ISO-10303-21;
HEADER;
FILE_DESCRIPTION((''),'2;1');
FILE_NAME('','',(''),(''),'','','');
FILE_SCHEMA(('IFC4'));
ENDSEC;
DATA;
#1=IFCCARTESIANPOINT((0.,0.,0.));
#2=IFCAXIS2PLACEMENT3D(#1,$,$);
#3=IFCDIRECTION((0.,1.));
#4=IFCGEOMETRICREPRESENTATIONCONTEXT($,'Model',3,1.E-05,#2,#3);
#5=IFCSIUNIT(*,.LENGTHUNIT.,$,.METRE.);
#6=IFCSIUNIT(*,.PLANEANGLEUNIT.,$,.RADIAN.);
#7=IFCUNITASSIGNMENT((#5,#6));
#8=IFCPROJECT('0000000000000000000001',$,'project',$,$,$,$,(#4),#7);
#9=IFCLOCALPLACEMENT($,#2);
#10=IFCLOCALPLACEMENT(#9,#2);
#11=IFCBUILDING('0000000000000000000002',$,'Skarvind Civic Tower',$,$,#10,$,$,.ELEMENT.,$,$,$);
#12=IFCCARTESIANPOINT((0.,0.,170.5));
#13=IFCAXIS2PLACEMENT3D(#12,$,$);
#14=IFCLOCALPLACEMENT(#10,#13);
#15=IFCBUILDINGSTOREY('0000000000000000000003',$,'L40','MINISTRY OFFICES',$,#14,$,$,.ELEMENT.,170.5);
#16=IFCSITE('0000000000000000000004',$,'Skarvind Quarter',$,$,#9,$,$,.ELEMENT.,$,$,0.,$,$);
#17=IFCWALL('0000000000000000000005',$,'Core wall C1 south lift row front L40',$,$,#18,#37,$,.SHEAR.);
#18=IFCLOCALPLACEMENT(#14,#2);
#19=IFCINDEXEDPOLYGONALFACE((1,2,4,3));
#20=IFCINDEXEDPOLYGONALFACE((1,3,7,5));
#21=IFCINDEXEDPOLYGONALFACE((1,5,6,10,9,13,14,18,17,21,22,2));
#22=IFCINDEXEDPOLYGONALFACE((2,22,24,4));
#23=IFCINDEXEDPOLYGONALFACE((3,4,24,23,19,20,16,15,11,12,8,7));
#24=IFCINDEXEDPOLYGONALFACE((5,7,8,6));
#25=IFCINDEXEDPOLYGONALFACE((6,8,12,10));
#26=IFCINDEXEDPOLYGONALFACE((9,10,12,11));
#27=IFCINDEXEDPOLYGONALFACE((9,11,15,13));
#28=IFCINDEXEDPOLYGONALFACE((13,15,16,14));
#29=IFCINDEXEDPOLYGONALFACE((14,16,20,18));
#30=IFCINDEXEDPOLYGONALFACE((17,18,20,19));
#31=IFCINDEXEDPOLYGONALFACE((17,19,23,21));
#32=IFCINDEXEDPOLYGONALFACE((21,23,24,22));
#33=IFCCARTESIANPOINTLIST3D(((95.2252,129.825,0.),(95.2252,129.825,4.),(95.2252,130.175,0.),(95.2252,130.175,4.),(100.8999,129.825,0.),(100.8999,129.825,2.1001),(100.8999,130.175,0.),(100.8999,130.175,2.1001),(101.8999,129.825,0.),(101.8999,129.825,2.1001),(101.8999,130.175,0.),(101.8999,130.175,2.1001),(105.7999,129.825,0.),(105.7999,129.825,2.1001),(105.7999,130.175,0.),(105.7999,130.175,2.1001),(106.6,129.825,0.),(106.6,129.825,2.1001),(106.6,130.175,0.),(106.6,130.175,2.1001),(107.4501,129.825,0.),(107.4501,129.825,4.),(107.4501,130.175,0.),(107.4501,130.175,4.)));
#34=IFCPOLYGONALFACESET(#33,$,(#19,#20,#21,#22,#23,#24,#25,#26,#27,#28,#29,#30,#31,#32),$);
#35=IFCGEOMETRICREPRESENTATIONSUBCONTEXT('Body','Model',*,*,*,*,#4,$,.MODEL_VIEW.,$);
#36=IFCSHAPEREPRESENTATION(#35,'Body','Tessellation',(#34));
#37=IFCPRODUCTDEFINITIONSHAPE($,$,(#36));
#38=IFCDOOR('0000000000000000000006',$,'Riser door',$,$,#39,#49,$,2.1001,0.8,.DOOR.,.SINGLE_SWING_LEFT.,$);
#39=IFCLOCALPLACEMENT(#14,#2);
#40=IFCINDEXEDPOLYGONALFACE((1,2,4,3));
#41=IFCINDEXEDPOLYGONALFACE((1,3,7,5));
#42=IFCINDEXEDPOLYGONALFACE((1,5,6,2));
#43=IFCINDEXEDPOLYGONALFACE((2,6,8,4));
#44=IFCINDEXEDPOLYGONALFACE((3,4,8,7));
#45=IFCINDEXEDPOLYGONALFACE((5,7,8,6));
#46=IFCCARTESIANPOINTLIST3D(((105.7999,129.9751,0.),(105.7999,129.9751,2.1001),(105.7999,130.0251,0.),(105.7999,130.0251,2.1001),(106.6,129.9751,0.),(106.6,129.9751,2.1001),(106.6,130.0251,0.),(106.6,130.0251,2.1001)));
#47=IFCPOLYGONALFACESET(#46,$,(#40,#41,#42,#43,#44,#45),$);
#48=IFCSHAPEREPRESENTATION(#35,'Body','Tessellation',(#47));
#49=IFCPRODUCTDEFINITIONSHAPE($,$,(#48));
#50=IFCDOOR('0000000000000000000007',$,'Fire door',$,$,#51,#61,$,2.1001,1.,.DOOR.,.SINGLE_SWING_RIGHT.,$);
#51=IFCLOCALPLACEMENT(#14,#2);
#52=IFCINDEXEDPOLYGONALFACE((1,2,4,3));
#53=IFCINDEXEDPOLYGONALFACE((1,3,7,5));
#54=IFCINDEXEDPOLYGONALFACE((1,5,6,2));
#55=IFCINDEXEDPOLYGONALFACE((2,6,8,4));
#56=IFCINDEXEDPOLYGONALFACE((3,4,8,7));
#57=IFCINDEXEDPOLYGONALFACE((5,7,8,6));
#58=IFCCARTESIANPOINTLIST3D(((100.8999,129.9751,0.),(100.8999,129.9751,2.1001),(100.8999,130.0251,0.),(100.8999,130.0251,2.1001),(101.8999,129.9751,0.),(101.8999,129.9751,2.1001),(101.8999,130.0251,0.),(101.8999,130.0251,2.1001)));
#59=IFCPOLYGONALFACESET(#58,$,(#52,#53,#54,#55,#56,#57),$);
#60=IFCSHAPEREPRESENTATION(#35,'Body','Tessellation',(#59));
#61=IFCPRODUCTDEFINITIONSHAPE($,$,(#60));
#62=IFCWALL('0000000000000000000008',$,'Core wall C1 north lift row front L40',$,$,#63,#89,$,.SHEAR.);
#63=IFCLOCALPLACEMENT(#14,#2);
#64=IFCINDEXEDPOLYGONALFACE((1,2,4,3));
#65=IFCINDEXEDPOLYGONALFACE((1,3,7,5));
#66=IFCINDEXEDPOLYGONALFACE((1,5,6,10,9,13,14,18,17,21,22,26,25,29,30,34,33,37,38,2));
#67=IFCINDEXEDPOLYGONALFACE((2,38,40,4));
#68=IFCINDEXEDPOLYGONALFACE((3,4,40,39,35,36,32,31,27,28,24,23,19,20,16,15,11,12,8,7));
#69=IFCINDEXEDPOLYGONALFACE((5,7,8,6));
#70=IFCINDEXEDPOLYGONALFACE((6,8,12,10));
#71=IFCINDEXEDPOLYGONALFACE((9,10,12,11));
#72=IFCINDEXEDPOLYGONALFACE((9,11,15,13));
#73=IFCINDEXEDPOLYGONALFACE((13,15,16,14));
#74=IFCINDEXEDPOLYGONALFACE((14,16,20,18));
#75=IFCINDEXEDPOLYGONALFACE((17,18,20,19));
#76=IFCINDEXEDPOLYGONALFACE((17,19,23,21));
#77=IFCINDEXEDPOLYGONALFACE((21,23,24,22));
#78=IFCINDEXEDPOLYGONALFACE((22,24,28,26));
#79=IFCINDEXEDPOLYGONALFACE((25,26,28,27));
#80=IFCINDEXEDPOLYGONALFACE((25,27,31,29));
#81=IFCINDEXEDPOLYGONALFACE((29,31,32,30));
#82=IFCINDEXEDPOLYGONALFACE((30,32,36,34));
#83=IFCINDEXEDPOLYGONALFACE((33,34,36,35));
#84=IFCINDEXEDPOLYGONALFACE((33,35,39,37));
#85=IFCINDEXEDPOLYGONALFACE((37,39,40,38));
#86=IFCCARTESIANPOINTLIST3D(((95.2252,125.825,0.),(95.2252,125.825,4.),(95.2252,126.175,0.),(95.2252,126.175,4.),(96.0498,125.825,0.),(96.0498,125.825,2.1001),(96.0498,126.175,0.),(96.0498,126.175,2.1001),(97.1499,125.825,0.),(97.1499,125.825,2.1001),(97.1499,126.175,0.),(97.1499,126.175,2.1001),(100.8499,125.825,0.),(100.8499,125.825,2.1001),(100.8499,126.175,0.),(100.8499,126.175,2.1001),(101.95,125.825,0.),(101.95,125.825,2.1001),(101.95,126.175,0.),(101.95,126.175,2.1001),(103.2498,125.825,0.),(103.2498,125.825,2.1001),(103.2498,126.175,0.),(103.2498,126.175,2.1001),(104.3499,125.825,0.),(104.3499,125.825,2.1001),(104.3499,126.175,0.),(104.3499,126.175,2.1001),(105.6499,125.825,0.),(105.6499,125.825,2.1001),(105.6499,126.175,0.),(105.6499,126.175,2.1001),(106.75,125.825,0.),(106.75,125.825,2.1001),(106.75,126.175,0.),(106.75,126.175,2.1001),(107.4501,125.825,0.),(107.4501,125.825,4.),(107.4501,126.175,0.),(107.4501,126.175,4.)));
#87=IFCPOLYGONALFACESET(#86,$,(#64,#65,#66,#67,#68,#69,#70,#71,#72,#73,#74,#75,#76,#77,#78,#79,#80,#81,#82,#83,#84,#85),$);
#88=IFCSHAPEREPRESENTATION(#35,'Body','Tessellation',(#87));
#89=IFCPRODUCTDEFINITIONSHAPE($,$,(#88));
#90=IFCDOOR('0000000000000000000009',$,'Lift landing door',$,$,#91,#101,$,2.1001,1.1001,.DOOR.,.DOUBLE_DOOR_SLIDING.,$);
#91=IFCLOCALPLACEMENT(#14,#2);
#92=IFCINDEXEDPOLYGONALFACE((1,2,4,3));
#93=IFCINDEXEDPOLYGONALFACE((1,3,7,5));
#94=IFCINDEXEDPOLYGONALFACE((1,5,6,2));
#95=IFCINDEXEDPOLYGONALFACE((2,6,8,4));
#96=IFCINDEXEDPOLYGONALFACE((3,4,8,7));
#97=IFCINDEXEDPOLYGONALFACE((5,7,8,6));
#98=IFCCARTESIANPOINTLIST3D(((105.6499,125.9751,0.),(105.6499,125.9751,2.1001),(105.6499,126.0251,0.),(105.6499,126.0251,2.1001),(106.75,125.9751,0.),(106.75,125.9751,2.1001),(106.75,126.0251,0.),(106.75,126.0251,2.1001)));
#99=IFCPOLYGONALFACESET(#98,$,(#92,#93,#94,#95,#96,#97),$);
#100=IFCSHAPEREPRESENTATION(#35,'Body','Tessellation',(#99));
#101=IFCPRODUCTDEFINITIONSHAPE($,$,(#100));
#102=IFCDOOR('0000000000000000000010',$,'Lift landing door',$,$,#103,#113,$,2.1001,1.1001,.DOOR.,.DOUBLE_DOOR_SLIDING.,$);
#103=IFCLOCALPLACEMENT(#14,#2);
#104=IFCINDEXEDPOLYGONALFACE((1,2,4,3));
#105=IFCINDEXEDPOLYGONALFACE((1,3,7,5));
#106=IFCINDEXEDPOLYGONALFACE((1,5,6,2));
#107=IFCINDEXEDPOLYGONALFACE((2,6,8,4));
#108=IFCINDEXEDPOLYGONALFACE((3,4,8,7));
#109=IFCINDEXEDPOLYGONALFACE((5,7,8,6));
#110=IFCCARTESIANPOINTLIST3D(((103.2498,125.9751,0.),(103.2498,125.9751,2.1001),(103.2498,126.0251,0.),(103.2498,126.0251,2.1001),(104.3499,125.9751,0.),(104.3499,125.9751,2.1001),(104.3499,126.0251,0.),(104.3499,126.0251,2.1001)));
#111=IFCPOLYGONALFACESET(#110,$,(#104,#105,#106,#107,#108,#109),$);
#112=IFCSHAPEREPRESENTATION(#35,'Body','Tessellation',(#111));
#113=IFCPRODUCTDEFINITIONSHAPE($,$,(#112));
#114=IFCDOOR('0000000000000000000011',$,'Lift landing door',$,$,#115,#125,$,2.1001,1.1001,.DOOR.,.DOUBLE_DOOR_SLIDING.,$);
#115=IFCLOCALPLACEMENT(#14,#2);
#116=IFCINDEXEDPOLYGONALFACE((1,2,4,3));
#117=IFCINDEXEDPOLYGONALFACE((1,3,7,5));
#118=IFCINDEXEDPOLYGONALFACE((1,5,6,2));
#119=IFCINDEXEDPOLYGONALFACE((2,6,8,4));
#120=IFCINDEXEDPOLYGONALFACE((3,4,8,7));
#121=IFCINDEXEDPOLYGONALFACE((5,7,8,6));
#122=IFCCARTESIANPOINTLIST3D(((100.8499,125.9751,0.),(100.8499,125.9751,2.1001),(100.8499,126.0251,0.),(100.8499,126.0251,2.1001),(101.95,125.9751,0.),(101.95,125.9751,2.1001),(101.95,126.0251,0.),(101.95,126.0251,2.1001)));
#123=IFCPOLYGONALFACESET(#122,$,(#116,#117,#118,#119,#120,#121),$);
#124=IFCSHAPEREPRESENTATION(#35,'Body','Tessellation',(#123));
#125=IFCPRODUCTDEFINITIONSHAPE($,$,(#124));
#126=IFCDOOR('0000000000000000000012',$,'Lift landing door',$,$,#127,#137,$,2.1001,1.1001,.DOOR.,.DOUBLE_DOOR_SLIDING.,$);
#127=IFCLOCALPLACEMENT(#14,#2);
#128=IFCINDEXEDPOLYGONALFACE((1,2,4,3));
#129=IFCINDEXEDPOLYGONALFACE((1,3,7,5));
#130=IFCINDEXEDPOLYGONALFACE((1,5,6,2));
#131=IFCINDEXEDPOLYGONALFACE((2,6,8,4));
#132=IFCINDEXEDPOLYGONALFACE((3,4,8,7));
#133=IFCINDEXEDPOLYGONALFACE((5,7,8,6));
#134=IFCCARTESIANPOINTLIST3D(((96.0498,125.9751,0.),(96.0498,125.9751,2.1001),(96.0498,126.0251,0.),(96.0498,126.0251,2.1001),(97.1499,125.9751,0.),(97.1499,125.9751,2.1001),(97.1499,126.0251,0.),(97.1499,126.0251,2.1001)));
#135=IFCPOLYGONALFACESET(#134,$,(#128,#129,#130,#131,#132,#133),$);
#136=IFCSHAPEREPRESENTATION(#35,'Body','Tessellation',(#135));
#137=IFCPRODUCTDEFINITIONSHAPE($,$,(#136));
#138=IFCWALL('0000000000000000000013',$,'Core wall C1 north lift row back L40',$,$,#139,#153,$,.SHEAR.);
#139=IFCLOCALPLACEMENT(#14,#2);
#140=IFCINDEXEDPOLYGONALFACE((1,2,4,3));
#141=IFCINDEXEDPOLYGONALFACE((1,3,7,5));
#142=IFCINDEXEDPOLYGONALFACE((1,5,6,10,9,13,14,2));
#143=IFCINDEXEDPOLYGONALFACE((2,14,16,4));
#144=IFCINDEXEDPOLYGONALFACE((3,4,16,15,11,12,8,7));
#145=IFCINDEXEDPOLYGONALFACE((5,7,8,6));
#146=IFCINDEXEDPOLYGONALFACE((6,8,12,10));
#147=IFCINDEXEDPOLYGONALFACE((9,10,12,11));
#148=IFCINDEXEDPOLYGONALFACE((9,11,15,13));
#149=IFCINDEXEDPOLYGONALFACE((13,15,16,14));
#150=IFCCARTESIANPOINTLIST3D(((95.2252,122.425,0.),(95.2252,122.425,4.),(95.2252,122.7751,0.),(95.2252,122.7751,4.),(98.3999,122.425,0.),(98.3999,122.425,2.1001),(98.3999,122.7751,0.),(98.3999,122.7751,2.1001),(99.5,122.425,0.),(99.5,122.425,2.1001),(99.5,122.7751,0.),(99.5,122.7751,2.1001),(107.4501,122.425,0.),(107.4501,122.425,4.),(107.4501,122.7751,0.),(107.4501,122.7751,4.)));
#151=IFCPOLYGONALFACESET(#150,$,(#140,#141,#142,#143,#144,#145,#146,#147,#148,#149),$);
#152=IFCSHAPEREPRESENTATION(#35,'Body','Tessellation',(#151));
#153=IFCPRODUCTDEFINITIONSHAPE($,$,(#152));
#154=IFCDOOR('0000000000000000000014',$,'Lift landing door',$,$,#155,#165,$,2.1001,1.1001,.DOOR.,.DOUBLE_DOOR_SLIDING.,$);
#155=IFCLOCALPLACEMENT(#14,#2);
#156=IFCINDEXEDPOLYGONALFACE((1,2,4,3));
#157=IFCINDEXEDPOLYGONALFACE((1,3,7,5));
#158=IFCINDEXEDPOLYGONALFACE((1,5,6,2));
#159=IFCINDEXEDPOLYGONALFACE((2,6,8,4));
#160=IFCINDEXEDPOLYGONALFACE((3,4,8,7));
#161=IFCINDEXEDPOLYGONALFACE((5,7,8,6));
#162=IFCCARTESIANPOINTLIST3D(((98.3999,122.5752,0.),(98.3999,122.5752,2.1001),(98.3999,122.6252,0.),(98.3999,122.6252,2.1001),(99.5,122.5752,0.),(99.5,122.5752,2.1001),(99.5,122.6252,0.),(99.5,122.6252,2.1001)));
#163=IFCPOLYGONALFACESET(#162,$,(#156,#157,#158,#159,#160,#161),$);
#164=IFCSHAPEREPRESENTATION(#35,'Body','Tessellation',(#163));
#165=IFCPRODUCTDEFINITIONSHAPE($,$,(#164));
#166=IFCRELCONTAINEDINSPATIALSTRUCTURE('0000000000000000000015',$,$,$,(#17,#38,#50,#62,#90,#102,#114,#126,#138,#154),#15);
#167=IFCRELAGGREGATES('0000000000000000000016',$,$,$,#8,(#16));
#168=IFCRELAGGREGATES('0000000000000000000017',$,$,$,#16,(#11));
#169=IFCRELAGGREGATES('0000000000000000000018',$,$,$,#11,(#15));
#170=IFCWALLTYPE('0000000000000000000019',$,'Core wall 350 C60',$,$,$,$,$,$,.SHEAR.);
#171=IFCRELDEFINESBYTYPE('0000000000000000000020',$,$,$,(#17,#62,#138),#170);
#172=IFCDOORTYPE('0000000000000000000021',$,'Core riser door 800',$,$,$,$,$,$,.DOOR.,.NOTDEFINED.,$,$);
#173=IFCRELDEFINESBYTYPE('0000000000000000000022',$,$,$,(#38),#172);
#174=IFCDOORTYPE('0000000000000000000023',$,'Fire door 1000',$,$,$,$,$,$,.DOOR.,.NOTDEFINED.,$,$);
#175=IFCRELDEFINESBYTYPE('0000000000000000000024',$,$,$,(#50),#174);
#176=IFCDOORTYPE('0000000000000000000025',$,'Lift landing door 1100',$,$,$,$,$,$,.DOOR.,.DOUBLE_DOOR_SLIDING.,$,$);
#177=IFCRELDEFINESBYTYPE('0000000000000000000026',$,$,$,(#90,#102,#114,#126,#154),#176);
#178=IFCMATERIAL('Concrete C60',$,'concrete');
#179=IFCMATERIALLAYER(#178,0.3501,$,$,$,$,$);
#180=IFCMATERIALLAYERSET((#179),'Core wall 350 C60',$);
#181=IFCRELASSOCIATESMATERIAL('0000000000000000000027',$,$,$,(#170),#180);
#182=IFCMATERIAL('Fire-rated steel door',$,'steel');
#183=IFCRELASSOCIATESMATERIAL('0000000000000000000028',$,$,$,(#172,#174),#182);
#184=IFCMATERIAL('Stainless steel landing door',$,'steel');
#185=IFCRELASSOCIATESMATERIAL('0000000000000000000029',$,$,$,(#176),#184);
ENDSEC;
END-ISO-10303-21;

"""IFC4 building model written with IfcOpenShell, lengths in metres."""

from ifc_helpers import new_model, si_unit, direction, frame, frame_2d, origin, place, context, subcontext, project, spatial, rectangle, extrude, material, layer, layer_set, type_object, element, fill, save


model = new_model("IFC4")

# Units and contexts
model_context = context("Model", 3, precision=1e-05, world=origin(), true_north=direction((0.0, 1.0)))
body_context = subcontext(model_context, "Body", "Model", "MODEL_VIEW")
ifc_project = project(units=[si_unit("LENGTHUNIT", "METRE"), si_unit("PLANEANGLEUNIT", "RADIAN")], contexts=[model_context])

# Site, building, storey
site_placement = place(None, origin())
site = spatial("IfcSite", under=ifc_project, at=site_placement, Name="Skarvind Quarter", CompositionType="ELEMENT", RefElevation=0.0)
building_placement = place(site_placement, origin())
building = spatial("IfcBuilding", under=site, at=building_placement, Name="Skarvind Civic Tower", CompositionType="ELEMENT")
storey_placement = place(building_placement, frame((0.0, 0.0, 170.5)))
storey = spatial("IfcBuildingStorey", under=building, at=storey_placement, Name="L40", Description="MINISTRY OFFICES", CompositionType="ELEMENT", Elevation=170.5)

# Walls, openings, doors
ifc_material_1 = material(Name="Concrete C60", Category="concrete")
ifc_layer_1 = layer(ifc_material_1, 0.3501)
ifc_layer_set_1 = layer_set([ifc_layer_1], Name="Core wall 350 C60")
wall_type_1 = type_object("IfcWallType", Name="Core wall 350 C60", PredefinedType="SHEAR", material=ifc_layer_set_1)
wall_1_placement = place(storey_placement, frame((107.45, 130.0, 0.0), z_axis=(0.0, 0.0, 1.0), x_axis=(-1.0, 0.0, 0.0)))
wall_1 = element("IfcWall", 1, at=wall_1_placement, inside=storey, type_object=wall_type_1, Name="Core wall C1 south lift row front L40", PredefinedType="SHEAR", context=body_context, shape_type="SweptSolid", body=[
    extrude(rectangle(XDim=12.2249, YDim=0.3501, at=frame_2d((6.1123, 0.0))), origin(), (0.0, 0.0, 1.0), 4.0),
])
opening_1_placement = place(wall_1_placement, frame((0.8501, 0.0, 0.0)))
opening_1 = element("IfcOpeningElement", 2, at=opening_1_placement, cuts=wall_1, PredefinedType="OPENING", context=body_context, shape_type="SweptSolid", body=[
    extrude(rectangle(XDim=0.8, YDim=2.1001, at=frame_2d((0.3999, 1.05))), frame((0.0, 0.1851, 0.0), z_axis=(0.0, -1.0, 0.0), x_axis=(1.0, 0.0, 0.0)), (0.0, 0.0, 1.0), 0.3701),
])
opening_2_placement = place(wall_1_placement, frame((5.55, 0.0, 0.0)))
opening_2 = element("IfcOpeningElement", 3, at=opening_2_placement, cuts=wall_1, PredefinedType="OPENING", context=body_context, shape_type="SweptSolid", body=[
    extrude(rectangle(XDim=1.0, YDim=2.1001, at=frame_2d((0.5, 1.05))), frame((0.0, 0.1851, 0.0), z_axis=(0.0, -1.0, 0.0), x_axis=(1.0, 0.0, 0.0)), (0.0, 0.0, 1.0), 0.3701),
])
ifc_material_2 = material(Name="Fire-rated steel door", Category="steel")
door_type_1 = type_object("IfcDoorType", Name="Core riser door 800", OperationType="NOTDEFINED", PredefinedType="DOOR", material=ifc_material_2)
door_1_placement = place(opening_1_placement, origin())
door_1 = element("IfcDoor", 4, at=door_1_placement, inside=storey, type_object=door_type_1, Name="Riser door", OperationType="SINGLE_SWING_LEFT", OverallHeight=2.1001, OverallWidth=0.8, PredefinedType="DOOR", context=body_context, shape_type="SweptSolid", body=[
    extrude(rectangle(XDim=0.8, YDim=2.1001, at=frame_2d((0.3999, 1.05))), frame((0.0, 0.0249, 0.0), z_axis=(0.0, -1.0, 0.0), x_axis=(1.0, 0.0, 0.0)), (0.0, 0.0, 1.0), 0.05),
])
fill(opening_1, door_1)
door_type_2 = type_object("IfcDoorType", Name="Fire door 1000", OperationType="NOTDEFINED", PredefinedType="DOOR", material=ifc_material_2)
door_2_placement = place(opening_2_placement, origin())
door_2 = element("IfcDoor", 5, at=door_2_placement, inside=storey, type_object=door_type_2, Name="Fire door", OperationType="SINGLE_SWING_RIGHT", OverallHeight=2.1001, OverallWidth=1.0, PredefinedType="DOOR", context=body_context, shape_type="SweptSolid", body=[
    extrude(rectangle(XDim=1.0, YDim=2.1001, at=frame_2d((0.5, 1.05))), frame((0.0, 0.0249, 0.0), z_axis=(0.0, -1.0, 0.0), x_axis=(1.0, 0.0, 0.0)), (0.0, 0.0, 1.0), 0.05),
])
fill(opening_2, door_2)
wall_2_placement = place(storey_placement, frame((107.45, 126.0, 0.0), z_axis=(0.0, 0.0, 1.0), x_axis=(-1.0, 0.0, 0.0)))
wall_2 = element("IfcWall", 6, at=wall_2_placement, inside=storey, type_object=wall_type_1, Name="Core wall C1 north lift row front L40", PredefinedType="SHEAR", context=body_context, shape_type="SweptSolid", body=[
    extrude(rectangle(XDim=12.2249, YDim=0.3501, at=frame_2d((6.1123, 0.0))), origin(), (0.0, 0.0, 1.0), 4.0),
])
opening_3_placement = place(wall_2_placement, frame((0.7, 0.0, 0.0)))
opening_3 = element("IfcOpeningElement", 7, at=opening_3_placement, cuts=wall_2, PredefinedType="OPENING", context=body_context, shape_type="SweptSolid", body=[
    extrude(rectangle(XDim=1.1001, YDim=2.1001, at=frame_2d((0.55, 1.05))), frame((0.0, 0.1851, 0.0), z_axis=(0.0, -1.0, 0.0), x_axis=(1.0, 0.0, 0.0)), (0.0, 0.0, 1.0), 0.3701),
])
opening_4_placement = place(wall_2_placement, frame((3.1001, 0.0, 0.0)))
opening_4 = element("IfcOpeningElement", 8, at=opening_4_placement, cuts=wall_2, PredefinedType="OPENING", context=body_context, shape_type="SweptSolid", body=[
    extrude(rectangle(XDim=1.1001, YDim=2.1001, at=frame_2d((0.55, 1.05))), frame((0.0, 0.1851, 0.0), z_axis=(0.0, -1.0, 0.0), x_axis=(1.0, 0.0, 0.0)), (0.0, 0.0, 1.0), 0.3701),
])
opening_5_placement = place(wall_2_placement, frame((5.5, 0.0, 0.0)))
opening_5 = element("IfcOpeningElement", 9, at=opening_5_placement, cuts=wall_2, PredefinedType="OPENING", context=body_context, shape_type="SweptSolid", body=[
    extrude(rectangle(XDim=1.1001, YDim=2.1001, at=frame_2d((0.55, 1.05))), frame((0.0, 0.1851, 0.0), z_axis=(0.0, -1.0, 0.0), x_axis=(1.0, 0.0, 0.0)), (0.0, 0.0, 1.0), 0.3701),
])
opening_6_placement = place(wall_2_placement, frame((10.3, 0.0, 0.0)))
opening_6 = element("IfcOpeningElement", 10, at=opening_6_placement, cuts=wall_2, PredefinedType="OPENING", context=body_context, shape_type="SweptSolid", body=[
    extrude(rectangle(XDim=1.1001, YDim=2.1001, at=frame_2d((0.55, 1.05))), frame((0.0, 0.1851, 0.0), z_axis=(0.0, -1.0, 0.0), x_axis=(1.0, 0.0, 0.0)), (0.0, 0.0, 1.0), 0.3701),
])
ifc_material_3 = material(Name="Stainless steel landing door", Category="steel")
door_type_3 = type_object("IfcDoorType", Name="Lift landing door 1100", OperationType="DOUBLE_DOOR_SLIDING", PredefinedType="DOOR", material=ifc_material_3)
door_3_placement = place(opening_3_placement, origin())
door_3 = element("IfcDoor", 11, at=door_3_placement, inside=storey, type_object=door_type_3, Name="Lift landing door", OperationType="DOUBLE_DOOR_SLIDING", OverallHeight=2.1001, OverallWidth=1.1001, PredefinedType="DOOR", context=body_context, shape_type="SweptSolid", body=[
    extrude(rectangle(XDim=1.1001, YDim=2.1001, at=frame_2d((0.55, 1.05))), frame((0.0, 0.0249, 0.0), z_axis=(0.0, -1.0, 0.0), x_axis=(1.0, 0.0, 0.0)), (0.0, 0.0, 1.0), 0.05),
])
fill(opening_3, door_3)
door_4_placement = place(opening_4_placement, origin())
door_4 = element("IfcDoor", 12, at=door_4_placement, inside=storey, type_object=door_type_3, Name="Lift landing door", OperationType="DOUBLE_DOOR_SLIDING", OverallHeight=2.1001, OverallWidth=1.1001, PredefinedType="DOOR", context=body_context, shape_type="SweptSolid", body=[
    extrude(rectangle(XDim=1.1001, YDim=2.1001, at=frame_2d((0.55, 1.05))), frame((0.0, 0.0249, 0.0), z_axis=(0.0, -1.0, 0.0), x_axis=(1.0, 0.0, 0.0)), (0.0, 0.0, 1.0), 0.05),
])
fill(opening_4, door_4)
door_5_placement = place(opening_5_placement, origin())
door_5 = element("IfcDoor", 13, at=door_5_placement, inside=storey, type_object=door_type_3, Name="Lift landing door", OperationType="DOUBLE_DOOR_SLIDING", OverallHeight=2.1001, OverallWidth=1.1001, PredefinedType="DOOR", context=body_context, shape_type="SweptSolid", body=[
    extrude(rectangle(XDim=1.1001, YDim=2.1001, at=frame_2d((0.55, 1.05))), frame((0.0, 0.0249, 0.0), z_axis=(0.0, -1.0, 0.0), x_axis=(1.0, 0.0, 0.0)), (0.0, 0.0, 1.0), 0.05),
])
fill(opening_5, door_5)
door_6_placement = place(opening_6_placement, origin())
door_6 = element("IfcDoor", 14, at=door_6_placement, inside=storey, type_object=door_type_3, Name="Lift landing door", OperationType="DOUBLE_DOOR_SLIDING", OverallHeight=2.1001, OverallWidth=1.1001, PredefinedType="DOOR", context=body_context, shape_type="SweptSolid", body=[
    extrude(rectangle(XDim=1.1001, YDim=2.1001, at=frame_2d((0.55, 1.05))), frame((0.0, 0.0249, 0.0), z_axis=(0.0, -1.0, 0.0), x_axis=(1.0, 0.0, 0.0)), (0.0, 0.0, 1.0), 0.05),
])
fill(opening_6, door_6)

# Wall, opening, door
wall_3_placement = place(storey_placement, frame((107.45, 122.6001, 0.0), z_axis=(0.0, 0.0, 1.0), x_axis=(-1.0, 0.0, 0.0)))
wall_3 = element("IfcWall", 15, at=wall_3_placement, inside=storey, type_object=wall_type_1, Name="Core wall C1 north lift row back L40", PredefinedType="SHEAR", context=body_context, shape_type="SweptSolid", body=[
    extrude(rectangle(XDim=12.2249, YDim=0.3501, at=frame_2d((6.1123, 0.0))), origin(), (0.0, 0.0, 1.0), 4.0),
])
opening_7_placement = place(wall_3_placement, frame((7.95, 0.0, 0.0)))
opening_7 = element("IfcOpeningElement", 16, at=opening_7_placement, cuts=wall_3, PredefinedType="OPENING", context=body_context, shape_type="SweptSolid", body=[
    extrude(rectangle(XDim=1.1001, YDim=2.1001, at=frame_2d((0.55, 1.05))), frame((0.0, 0.1851, 0.0), z_axis=(0.0, -1.0, 0.0), x_axis=(1.0, 0.0, 0.0)), (0.0, 0.0, 1.0), 0.3701),
])
door_7_placement = place(opening_7_placement, origin())
door_7 = element("IfcDoor", 17, at=door_7_placement, inside=storey, type_object=door_type_3, Name="Lift landing door", OperationType="DOUBLE_DOOR_SLIDING", OverallHeight=2.1001, OverallWidth=1.1001, PredefinedType="DOOR", context=body_context, shape_type="SweptSolid", body=[
    extrude(rectangle(XDim=1.1001, YDim=2.1001, at=frame_2d((0.55, 1.05))), frame((0.0, 0.0249, 0.0), z_axis=(0.0, -1.0, 0.0), x_axis=(1.0, 0.0, 0.0)), (0.0, 0.0, 1.0), 0.05),
])
fill(opening_7, door_7)

save(model, "model.ifc")
